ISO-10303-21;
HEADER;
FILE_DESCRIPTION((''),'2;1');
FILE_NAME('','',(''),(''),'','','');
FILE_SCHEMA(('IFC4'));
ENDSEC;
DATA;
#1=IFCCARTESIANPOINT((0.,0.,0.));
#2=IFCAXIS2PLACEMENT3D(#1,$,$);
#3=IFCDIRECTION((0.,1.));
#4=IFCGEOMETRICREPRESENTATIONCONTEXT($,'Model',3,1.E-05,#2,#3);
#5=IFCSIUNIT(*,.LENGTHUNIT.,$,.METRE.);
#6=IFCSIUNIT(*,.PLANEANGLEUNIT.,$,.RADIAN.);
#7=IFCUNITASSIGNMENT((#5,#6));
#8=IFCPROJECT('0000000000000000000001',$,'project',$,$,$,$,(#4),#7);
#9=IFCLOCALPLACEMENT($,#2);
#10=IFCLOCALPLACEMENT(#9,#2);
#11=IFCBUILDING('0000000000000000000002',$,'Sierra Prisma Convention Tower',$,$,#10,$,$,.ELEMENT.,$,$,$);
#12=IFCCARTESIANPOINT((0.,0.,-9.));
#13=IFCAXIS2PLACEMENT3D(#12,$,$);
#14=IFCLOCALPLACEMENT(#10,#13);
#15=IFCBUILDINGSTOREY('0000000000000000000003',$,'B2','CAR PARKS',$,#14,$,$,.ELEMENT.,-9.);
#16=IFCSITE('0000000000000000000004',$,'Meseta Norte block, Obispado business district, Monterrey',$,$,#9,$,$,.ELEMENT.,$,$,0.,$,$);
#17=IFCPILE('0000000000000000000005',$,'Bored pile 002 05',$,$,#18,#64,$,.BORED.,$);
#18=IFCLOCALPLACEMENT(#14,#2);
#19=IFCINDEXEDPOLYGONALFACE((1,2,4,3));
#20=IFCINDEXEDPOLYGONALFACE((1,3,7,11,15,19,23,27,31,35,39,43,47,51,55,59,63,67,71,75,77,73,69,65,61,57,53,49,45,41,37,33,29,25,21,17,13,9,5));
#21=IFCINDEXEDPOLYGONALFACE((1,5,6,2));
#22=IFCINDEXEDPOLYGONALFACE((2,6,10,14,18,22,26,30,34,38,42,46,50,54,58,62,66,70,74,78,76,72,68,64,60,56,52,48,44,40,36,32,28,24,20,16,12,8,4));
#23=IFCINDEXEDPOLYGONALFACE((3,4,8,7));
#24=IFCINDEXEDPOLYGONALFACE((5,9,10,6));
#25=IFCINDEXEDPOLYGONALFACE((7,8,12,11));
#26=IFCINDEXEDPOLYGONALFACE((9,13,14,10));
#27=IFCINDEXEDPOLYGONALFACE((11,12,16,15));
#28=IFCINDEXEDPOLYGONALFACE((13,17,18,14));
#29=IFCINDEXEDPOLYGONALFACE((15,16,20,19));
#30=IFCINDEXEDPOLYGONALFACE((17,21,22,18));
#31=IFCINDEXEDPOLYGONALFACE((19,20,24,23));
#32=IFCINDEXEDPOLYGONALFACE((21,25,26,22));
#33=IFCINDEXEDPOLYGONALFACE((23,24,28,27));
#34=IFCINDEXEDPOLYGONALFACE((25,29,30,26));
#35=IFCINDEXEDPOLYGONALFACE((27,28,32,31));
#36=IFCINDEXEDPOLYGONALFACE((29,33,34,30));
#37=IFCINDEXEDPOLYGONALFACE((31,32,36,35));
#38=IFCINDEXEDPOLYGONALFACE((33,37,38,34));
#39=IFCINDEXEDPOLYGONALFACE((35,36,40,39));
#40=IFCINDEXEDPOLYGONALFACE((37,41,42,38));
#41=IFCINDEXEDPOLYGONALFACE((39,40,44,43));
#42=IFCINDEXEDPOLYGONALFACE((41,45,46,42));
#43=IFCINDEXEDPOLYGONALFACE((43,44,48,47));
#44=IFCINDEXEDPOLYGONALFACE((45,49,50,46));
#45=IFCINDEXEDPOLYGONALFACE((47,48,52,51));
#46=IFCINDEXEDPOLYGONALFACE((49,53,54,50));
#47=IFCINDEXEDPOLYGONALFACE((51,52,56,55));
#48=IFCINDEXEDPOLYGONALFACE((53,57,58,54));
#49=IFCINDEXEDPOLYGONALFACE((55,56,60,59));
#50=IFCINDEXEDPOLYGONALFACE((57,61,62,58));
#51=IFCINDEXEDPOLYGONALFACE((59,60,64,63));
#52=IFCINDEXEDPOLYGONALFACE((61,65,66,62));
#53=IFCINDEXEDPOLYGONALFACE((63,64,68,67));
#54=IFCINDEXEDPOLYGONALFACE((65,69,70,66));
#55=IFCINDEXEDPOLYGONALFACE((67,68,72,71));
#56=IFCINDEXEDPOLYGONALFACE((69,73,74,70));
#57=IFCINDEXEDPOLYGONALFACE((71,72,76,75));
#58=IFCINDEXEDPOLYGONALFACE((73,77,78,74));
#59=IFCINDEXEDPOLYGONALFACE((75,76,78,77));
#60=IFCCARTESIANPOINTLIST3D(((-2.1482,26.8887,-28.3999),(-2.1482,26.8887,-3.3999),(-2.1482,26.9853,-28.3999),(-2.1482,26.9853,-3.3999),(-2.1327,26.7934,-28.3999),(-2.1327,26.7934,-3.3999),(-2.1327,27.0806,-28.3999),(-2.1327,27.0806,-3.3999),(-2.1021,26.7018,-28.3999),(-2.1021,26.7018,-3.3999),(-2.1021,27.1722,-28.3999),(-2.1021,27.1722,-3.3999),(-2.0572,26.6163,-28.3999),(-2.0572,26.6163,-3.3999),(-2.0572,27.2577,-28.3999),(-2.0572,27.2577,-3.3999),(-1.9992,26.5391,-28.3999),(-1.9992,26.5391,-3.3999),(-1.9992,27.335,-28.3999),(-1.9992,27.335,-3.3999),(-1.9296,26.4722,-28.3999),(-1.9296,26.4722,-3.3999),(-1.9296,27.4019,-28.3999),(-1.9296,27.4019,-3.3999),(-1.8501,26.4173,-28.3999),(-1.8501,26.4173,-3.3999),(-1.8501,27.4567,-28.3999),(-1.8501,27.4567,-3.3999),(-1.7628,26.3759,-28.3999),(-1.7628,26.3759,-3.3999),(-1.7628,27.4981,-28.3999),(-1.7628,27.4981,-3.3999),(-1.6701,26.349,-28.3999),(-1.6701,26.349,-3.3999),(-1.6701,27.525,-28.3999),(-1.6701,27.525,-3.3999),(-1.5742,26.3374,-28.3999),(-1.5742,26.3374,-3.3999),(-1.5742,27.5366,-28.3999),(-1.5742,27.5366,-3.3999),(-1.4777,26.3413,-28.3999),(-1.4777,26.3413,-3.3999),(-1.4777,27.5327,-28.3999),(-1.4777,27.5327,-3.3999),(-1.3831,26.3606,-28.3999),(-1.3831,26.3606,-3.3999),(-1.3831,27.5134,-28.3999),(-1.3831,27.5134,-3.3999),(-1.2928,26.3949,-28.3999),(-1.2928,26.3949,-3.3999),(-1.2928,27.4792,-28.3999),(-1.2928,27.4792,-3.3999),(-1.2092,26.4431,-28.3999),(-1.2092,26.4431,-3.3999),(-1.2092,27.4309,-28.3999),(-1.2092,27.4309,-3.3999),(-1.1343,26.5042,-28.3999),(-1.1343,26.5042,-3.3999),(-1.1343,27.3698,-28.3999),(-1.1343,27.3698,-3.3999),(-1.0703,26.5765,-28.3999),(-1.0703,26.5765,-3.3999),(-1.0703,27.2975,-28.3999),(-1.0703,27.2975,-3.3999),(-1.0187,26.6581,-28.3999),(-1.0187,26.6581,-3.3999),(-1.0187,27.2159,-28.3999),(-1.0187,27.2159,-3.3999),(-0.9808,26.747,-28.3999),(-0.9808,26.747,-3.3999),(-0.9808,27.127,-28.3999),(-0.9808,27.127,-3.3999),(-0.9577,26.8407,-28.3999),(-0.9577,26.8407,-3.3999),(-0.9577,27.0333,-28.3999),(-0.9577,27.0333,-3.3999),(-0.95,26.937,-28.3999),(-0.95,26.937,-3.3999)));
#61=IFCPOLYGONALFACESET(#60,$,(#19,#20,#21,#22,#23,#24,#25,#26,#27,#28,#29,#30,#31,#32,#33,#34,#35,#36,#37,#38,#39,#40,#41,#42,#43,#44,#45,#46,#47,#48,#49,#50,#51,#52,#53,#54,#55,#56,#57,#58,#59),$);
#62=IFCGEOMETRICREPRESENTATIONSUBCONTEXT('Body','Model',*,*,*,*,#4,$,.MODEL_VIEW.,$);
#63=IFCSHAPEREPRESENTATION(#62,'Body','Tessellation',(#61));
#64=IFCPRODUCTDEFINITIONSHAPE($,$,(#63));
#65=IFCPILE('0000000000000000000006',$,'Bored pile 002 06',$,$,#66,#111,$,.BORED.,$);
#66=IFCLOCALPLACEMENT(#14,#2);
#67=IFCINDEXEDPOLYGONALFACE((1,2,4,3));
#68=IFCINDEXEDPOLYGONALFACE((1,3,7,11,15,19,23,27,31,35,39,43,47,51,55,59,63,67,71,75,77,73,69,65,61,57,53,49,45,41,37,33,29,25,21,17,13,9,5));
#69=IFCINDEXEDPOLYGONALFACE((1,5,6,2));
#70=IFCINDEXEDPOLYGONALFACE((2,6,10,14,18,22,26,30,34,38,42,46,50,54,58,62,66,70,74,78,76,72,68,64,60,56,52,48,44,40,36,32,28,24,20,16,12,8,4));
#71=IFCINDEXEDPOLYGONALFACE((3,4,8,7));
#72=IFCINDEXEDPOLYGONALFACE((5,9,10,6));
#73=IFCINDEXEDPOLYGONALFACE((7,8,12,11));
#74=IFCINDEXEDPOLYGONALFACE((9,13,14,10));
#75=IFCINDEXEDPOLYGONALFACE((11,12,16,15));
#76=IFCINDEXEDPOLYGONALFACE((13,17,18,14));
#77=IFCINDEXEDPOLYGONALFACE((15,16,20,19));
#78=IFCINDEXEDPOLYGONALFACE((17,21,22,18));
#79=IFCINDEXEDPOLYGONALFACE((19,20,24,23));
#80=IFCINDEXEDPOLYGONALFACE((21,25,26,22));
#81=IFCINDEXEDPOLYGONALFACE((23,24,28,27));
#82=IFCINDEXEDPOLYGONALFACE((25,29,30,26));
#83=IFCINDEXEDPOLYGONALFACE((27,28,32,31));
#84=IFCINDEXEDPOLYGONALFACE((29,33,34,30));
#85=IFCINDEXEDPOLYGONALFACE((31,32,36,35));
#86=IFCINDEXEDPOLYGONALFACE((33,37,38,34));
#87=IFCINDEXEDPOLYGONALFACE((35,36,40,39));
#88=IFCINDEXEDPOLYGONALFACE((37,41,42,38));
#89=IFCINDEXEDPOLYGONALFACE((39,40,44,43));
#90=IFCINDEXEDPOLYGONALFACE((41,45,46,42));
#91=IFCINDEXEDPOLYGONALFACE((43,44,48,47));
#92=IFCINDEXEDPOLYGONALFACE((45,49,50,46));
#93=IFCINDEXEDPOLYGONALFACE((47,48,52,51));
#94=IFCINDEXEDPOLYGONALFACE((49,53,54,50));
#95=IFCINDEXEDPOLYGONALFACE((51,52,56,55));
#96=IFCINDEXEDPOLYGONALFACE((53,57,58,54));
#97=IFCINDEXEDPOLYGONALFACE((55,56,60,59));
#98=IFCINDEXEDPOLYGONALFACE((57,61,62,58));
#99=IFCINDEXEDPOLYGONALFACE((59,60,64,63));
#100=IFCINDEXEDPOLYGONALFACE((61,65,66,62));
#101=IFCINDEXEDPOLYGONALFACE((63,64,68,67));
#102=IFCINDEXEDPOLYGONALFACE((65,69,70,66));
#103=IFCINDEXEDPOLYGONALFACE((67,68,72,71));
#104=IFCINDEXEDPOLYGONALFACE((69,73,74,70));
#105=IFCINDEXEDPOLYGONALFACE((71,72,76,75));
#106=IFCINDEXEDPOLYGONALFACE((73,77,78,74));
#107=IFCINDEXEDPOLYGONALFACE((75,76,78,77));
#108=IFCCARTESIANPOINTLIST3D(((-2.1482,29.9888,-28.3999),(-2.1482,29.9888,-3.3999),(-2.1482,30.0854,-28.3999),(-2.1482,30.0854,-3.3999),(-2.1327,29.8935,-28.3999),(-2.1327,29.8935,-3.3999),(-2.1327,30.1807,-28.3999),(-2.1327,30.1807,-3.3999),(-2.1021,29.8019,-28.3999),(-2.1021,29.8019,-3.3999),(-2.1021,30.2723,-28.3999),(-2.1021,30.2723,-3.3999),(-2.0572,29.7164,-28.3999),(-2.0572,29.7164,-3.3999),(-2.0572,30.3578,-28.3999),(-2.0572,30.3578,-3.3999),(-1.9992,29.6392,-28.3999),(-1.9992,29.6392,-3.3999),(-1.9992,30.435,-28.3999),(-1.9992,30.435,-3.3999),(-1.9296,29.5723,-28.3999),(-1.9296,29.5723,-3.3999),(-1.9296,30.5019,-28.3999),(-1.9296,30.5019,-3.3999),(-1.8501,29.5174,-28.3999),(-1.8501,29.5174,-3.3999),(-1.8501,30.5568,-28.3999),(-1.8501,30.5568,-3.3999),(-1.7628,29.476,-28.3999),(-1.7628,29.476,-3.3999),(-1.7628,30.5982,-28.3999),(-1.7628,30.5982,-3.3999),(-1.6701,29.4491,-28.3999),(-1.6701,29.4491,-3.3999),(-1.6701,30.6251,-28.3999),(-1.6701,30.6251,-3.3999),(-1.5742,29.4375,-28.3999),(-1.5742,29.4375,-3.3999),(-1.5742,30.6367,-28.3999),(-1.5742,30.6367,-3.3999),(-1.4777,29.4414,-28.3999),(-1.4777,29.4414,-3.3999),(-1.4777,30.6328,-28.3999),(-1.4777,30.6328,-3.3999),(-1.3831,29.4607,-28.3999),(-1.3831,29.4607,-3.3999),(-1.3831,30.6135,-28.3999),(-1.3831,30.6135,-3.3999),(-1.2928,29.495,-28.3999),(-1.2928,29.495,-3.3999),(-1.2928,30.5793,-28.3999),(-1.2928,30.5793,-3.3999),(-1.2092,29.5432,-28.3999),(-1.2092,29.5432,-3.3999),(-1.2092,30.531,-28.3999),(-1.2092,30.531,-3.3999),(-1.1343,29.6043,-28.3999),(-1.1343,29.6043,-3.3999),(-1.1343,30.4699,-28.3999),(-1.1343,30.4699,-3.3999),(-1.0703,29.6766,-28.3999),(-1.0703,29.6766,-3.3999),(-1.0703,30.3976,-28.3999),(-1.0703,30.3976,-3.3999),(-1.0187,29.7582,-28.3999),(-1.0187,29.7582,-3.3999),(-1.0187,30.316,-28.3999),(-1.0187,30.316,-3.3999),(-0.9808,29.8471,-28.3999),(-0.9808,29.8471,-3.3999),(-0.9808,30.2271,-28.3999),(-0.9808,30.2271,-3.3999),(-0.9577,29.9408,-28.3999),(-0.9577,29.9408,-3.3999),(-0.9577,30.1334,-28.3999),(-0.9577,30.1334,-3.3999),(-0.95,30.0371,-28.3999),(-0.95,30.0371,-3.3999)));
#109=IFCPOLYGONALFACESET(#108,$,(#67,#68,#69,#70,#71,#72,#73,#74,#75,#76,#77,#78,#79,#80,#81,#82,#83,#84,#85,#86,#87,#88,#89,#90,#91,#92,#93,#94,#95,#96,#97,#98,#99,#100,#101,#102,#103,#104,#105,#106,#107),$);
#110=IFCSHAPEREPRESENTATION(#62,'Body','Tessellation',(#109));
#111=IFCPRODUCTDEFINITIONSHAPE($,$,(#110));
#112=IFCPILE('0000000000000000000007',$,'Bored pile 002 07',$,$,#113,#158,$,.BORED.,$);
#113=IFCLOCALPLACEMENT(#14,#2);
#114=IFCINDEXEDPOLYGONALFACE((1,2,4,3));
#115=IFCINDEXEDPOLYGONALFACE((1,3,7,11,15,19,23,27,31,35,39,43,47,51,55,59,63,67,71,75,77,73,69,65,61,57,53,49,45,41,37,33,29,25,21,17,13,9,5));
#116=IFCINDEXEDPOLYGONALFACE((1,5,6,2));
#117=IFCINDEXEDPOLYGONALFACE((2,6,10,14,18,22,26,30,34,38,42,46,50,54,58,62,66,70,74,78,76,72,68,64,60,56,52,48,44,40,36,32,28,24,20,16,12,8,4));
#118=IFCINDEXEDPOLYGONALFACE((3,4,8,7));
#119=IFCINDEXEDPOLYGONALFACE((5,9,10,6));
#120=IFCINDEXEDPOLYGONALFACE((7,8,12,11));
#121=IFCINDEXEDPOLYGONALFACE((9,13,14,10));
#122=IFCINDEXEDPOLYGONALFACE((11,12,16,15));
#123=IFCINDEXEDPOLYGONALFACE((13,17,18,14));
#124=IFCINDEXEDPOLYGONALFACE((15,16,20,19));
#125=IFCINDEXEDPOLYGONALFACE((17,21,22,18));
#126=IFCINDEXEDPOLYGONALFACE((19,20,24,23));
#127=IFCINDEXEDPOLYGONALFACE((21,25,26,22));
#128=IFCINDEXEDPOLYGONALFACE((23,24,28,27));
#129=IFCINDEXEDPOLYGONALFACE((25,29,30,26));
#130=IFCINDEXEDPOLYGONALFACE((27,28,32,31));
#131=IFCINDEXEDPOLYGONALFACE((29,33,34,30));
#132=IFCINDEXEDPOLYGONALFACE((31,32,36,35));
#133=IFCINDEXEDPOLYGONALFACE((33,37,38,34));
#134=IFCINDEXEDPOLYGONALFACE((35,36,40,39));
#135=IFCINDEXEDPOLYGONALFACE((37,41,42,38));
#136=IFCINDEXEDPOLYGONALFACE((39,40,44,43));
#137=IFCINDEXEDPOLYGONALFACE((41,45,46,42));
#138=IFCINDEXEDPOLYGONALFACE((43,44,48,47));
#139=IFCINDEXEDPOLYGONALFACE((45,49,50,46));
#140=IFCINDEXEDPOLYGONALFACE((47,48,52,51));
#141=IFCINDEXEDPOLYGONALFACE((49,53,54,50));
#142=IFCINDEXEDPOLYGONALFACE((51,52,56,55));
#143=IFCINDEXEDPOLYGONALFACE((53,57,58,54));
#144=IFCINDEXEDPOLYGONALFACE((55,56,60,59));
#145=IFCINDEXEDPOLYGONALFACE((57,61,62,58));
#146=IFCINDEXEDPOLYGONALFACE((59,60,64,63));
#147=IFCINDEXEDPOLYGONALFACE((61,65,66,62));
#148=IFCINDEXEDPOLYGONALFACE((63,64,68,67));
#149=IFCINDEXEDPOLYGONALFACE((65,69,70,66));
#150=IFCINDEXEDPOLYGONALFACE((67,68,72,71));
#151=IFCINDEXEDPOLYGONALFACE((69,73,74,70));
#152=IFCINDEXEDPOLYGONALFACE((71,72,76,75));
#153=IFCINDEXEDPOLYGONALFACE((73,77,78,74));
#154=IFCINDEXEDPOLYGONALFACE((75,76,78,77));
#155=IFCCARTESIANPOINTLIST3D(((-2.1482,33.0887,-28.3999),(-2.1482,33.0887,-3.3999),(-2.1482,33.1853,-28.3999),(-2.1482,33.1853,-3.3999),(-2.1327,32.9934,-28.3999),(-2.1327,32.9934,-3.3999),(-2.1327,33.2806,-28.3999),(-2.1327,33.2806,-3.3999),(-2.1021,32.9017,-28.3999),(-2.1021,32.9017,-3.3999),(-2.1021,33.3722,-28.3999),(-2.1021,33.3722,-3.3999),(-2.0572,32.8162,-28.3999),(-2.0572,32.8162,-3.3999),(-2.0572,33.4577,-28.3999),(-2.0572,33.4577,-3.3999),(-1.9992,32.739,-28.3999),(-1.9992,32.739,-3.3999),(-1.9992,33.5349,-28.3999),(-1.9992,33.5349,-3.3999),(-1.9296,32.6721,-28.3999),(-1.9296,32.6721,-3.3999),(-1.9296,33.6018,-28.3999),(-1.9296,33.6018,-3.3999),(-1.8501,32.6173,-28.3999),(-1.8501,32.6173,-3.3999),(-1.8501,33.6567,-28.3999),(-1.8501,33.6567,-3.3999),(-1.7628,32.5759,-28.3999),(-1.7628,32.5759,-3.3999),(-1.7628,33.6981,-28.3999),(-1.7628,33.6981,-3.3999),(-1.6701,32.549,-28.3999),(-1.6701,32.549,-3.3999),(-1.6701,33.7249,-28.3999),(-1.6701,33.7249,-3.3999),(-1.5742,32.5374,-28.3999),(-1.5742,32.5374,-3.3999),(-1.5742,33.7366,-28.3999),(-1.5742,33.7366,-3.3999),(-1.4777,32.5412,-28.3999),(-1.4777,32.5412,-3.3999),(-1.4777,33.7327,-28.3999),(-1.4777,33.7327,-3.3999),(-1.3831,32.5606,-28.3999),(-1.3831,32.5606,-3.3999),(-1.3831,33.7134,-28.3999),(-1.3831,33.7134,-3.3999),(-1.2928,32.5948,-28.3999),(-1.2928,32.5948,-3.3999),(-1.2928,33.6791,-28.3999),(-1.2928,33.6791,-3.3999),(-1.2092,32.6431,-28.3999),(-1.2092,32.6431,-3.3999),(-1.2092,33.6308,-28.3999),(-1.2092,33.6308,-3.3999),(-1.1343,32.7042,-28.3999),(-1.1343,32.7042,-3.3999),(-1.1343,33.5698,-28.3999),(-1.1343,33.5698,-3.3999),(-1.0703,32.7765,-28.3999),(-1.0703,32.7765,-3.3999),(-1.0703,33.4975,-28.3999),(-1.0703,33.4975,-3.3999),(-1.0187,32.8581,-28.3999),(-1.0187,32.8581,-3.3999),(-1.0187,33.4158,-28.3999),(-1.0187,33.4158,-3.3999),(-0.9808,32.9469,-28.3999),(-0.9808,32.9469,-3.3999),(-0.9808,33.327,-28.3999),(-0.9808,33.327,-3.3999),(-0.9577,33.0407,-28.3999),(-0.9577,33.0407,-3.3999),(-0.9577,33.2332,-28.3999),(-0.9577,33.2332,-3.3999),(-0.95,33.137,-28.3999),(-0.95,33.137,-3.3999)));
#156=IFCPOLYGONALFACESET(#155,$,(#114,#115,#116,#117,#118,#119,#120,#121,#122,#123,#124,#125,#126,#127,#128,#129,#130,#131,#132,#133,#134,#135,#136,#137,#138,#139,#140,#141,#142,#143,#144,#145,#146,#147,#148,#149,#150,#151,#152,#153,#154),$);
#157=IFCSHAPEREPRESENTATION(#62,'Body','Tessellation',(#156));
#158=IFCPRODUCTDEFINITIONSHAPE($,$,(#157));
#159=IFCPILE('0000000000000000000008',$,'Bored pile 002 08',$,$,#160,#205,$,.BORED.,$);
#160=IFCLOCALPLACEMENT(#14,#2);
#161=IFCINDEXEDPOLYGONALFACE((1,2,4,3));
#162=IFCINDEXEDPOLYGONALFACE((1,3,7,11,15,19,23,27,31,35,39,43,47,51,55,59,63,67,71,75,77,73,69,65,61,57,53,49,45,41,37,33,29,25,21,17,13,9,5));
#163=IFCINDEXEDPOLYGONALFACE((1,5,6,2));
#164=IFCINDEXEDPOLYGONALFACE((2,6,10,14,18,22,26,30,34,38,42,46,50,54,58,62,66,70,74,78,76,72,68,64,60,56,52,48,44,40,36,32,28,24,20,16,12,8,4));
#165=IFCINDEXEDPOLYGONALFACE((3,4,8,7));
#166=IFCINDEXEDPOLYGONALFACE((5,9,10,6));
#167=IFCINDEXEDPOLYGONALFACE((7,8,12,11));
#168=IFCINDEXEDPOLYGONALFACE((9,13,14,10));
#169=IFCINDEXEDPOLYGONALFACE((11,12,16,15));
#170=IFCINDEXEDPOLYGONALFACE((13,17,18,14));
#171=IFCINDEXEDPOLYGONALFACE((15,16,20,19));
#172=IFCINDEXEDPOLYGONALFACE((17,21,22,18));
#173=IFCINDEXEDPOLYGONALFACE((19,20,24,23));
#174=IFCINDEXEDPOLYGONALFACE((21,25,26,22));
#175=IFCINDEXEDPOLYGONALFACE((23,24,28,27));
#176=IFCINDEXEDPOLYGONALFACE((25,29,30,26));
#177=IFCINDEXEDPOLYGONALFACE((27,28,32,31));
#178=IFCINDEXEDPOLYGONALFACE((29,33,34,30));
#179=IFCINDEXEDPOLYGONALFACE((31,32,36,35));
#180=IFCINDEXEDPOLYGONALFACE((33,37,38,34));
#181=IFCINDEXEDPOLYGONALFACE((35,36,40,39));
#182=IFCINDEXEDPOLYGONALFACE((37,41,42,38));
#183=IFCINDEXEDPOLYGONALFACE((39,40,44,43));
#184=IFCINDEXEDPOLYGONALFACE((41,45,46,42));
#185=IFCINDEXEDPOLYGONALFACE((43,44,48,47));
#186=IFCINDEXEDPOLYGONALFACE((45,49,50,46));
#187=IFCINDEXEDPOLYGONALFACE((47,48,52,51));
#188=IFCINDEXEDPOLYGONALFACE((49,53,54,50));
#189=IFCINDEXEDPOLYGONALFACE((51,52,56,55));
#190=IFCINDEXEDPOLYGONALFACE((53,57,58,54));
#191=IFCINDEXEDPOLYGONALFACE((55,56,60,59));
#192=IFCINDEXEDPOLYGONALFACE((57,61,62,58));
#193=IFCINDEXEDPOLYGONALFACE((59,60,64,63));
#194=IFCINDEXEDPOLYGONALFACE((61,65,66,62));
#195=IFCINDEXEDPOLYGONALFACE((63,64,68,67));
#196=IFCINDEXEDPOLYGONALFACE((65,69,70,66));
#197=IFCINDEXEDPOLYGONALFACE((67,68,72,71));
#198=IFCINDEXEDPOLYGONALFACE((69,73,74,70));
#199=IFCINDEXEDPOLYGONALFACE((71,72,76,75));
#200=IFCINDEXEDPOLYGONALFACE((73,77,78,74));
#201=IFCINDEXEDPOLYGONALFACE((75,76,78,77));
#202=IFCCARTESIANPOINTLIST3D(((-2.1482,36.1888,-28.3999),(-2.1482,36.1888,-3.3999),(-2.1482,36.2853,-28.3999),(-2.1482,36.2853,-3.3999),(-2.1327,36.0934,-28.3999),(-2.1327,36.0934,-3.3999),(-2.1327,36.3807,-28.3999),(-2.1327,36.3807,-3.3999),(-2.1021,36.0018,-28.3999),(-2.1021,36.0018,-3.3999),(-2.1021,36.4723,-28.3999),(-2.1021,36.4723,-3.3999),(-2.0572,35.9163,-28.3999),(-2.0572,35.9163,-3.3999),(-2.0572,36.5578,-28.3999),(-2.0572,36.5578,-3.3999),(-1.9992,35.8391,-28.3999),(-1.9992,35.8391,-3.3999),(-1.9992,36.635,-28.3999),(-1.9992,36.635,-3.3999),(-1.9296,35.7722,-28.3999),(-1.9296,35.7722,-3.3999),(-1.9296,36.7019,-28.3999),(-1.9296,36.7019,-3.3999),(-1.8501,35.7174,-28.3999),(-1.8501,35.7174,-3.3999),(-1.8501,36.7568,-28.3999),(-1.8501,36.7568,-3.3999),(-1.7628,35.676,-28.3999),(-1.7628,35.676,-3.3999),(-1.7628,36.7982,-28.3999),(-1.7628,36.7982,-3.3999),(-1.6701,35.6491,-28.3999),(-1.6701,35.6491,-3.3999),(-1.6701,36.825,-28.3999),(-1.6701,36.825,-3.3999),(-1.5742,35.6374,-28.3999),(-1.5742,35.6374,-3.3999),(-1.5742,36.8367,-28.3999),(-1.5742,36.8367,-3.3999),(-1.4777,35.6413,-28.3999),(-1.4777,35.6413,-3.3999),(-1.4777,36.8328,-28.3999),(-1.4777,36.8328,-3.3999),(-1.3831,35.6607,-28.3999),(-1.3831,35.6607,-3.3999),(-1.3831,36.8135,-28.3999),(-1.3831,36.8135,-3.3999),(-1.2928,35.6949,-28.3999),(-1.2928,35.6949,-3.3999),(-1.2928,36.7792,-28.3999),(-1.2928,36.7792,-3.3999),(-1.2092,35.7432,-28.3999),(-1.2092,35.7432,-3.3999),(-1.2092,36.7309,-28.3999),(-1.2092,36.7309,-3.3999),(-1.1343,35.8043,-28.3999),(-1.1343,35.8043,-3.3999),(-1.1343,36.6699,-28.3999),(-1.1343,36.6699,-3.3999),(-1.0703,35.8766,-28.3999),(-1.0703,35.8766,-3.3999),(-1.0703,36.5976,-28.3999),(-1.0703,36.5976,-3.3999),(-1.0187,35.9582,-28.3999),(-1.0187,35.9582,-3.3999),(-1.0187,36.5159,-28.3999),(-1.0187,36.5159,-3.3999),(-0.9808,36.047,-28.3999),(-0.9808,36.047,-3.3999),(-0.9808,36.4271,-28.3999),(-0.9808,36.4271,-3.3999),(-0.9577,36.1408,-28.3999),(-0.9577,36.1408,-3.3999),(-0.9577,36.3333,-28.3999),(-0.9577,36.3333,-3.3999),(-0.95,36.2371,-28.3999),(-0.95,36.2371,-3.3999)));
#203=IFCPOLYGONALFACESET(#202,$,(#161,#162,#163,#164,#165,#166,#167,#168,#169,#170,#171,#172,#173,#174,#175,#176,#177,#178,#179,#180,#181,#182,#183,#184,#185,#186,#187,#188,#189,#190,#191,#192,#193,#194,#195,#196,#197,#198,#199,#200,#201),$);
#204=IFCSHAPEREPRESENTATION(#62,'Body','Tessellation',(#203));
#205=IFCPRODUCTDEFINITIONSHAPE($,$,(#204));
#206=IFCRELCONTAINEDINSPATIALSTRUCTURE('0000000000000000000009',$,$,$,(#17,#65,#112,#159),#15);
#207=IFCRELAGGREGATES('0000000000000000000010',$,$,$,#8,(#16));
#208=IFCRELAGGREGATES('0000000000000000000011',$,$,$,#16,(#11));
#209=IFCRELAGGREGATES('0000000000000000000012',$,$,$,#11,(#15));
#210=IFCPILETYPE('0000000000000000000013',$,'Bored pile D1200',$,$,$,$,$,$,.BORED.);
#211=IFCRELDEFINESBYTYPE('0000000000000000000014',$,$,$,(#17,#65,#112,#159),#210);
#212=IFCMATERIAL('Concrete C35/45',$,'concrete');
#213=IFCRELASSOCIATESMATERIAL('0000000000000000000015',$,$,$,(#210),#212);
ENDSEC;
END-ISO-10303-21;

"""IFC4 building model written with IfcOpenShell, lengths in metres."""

from ifc_helpers import new_model, si_unit, direction, frame, origin, origin_2d, place, context, subcontext, project, spatial, circle, extrude, material, material_profile, profile_set, type_object, element, save


model = new_model("IFC4")

# Units and contexts
model_context = context("Model", 3, precision=1e-05, world=origin(), true_north=direction((0.0, 1.0)))
body_context = subcontext(model_context, "Body", "Model", "MODEL_VIEW")
ifc_project = project(units=[si_unit("LENGTHUNIT", "METRE"), si_unit("PLANEANGLEUNIT", "RADIAN")], contexts=[model_context])

# Site, building, storey
site_placement = place(None, origin())
site = spatial("IfcSite", under=ifc_project, at=site_placement, Name="Meseta Norte block, Obispado business district, Monterrey", CompositionType="ELEMENT", RefElevation=0.0)
building_placement = place(site_placement, origin())
building = spatial("IfcBuilding", under=site, at=building_placement, Name="Sierra Prisma Convention Tower", CompositionType="ELEMENT")
storey_placement = place(building_placement, frame((0.0, 0.0, -9.0)))
storey = spatial("IfcBuildingStorey", under=building, at=storey_placement, Name="B2", Description="CAR PARKS", CompositionType="ELEMENT", Elevation=-9.0)

# Piles
ifc_material_1 = material(Name="Concrete C35/45", Category="concrete")
ifc_material_profile_1 = material_profile(ifc_material_1, circle(Radius=0.6001, at=origin_2d()), Name="D1200")
ifc_profile_set_1 = profile_set([ifc_material_profile_1], Name="Concrete C35/45")
pile_type_1 = type_object("IfcPileType", Name="Bored pile D1200", PredefinedType="BORED", material=ifc_profile_set_1)
for number, where, z_axis, x_axis, name in (
    (1, (-1.55, 26.937, -3.3999), (0.0, 0.0, -1.0), (1.0, 0.0, 0.0), "Bored pile 002 05"),
    (2, (-1.55, 30.0371, -3.3999), (0.0, 0.0, -1.0), (1.0, 0.0, 0.0), "Bored pile 002 06"),
    (3, (-1.55, 33.137, -3.3999), (0.0, 0.0, -1.0), (1.0, 0.0, 0.0), "Bored pile 002 07"),
    (4, (-1.55, 36.2371, -3.3999), (0.0, 0.0, -1.0), (1.0, 0.0, 0.0), "Bored pile 002 08"),
):
    element("IfcPile", number, at=place(storey_placement, frame(where, z_axis=z_axis, x_axis=x_axis)), inside=storey, type_object=pile_type_1, Name=name, PredefinedType="BORED", context=body_context, shape_type="SweptSolid", body=[
        extrude(circle(Radius=0.6001, at=origin_2d()), origin(), (0.0, 0.0, 1.0), 25.0),
    ])

save(model, "model.ifc")
